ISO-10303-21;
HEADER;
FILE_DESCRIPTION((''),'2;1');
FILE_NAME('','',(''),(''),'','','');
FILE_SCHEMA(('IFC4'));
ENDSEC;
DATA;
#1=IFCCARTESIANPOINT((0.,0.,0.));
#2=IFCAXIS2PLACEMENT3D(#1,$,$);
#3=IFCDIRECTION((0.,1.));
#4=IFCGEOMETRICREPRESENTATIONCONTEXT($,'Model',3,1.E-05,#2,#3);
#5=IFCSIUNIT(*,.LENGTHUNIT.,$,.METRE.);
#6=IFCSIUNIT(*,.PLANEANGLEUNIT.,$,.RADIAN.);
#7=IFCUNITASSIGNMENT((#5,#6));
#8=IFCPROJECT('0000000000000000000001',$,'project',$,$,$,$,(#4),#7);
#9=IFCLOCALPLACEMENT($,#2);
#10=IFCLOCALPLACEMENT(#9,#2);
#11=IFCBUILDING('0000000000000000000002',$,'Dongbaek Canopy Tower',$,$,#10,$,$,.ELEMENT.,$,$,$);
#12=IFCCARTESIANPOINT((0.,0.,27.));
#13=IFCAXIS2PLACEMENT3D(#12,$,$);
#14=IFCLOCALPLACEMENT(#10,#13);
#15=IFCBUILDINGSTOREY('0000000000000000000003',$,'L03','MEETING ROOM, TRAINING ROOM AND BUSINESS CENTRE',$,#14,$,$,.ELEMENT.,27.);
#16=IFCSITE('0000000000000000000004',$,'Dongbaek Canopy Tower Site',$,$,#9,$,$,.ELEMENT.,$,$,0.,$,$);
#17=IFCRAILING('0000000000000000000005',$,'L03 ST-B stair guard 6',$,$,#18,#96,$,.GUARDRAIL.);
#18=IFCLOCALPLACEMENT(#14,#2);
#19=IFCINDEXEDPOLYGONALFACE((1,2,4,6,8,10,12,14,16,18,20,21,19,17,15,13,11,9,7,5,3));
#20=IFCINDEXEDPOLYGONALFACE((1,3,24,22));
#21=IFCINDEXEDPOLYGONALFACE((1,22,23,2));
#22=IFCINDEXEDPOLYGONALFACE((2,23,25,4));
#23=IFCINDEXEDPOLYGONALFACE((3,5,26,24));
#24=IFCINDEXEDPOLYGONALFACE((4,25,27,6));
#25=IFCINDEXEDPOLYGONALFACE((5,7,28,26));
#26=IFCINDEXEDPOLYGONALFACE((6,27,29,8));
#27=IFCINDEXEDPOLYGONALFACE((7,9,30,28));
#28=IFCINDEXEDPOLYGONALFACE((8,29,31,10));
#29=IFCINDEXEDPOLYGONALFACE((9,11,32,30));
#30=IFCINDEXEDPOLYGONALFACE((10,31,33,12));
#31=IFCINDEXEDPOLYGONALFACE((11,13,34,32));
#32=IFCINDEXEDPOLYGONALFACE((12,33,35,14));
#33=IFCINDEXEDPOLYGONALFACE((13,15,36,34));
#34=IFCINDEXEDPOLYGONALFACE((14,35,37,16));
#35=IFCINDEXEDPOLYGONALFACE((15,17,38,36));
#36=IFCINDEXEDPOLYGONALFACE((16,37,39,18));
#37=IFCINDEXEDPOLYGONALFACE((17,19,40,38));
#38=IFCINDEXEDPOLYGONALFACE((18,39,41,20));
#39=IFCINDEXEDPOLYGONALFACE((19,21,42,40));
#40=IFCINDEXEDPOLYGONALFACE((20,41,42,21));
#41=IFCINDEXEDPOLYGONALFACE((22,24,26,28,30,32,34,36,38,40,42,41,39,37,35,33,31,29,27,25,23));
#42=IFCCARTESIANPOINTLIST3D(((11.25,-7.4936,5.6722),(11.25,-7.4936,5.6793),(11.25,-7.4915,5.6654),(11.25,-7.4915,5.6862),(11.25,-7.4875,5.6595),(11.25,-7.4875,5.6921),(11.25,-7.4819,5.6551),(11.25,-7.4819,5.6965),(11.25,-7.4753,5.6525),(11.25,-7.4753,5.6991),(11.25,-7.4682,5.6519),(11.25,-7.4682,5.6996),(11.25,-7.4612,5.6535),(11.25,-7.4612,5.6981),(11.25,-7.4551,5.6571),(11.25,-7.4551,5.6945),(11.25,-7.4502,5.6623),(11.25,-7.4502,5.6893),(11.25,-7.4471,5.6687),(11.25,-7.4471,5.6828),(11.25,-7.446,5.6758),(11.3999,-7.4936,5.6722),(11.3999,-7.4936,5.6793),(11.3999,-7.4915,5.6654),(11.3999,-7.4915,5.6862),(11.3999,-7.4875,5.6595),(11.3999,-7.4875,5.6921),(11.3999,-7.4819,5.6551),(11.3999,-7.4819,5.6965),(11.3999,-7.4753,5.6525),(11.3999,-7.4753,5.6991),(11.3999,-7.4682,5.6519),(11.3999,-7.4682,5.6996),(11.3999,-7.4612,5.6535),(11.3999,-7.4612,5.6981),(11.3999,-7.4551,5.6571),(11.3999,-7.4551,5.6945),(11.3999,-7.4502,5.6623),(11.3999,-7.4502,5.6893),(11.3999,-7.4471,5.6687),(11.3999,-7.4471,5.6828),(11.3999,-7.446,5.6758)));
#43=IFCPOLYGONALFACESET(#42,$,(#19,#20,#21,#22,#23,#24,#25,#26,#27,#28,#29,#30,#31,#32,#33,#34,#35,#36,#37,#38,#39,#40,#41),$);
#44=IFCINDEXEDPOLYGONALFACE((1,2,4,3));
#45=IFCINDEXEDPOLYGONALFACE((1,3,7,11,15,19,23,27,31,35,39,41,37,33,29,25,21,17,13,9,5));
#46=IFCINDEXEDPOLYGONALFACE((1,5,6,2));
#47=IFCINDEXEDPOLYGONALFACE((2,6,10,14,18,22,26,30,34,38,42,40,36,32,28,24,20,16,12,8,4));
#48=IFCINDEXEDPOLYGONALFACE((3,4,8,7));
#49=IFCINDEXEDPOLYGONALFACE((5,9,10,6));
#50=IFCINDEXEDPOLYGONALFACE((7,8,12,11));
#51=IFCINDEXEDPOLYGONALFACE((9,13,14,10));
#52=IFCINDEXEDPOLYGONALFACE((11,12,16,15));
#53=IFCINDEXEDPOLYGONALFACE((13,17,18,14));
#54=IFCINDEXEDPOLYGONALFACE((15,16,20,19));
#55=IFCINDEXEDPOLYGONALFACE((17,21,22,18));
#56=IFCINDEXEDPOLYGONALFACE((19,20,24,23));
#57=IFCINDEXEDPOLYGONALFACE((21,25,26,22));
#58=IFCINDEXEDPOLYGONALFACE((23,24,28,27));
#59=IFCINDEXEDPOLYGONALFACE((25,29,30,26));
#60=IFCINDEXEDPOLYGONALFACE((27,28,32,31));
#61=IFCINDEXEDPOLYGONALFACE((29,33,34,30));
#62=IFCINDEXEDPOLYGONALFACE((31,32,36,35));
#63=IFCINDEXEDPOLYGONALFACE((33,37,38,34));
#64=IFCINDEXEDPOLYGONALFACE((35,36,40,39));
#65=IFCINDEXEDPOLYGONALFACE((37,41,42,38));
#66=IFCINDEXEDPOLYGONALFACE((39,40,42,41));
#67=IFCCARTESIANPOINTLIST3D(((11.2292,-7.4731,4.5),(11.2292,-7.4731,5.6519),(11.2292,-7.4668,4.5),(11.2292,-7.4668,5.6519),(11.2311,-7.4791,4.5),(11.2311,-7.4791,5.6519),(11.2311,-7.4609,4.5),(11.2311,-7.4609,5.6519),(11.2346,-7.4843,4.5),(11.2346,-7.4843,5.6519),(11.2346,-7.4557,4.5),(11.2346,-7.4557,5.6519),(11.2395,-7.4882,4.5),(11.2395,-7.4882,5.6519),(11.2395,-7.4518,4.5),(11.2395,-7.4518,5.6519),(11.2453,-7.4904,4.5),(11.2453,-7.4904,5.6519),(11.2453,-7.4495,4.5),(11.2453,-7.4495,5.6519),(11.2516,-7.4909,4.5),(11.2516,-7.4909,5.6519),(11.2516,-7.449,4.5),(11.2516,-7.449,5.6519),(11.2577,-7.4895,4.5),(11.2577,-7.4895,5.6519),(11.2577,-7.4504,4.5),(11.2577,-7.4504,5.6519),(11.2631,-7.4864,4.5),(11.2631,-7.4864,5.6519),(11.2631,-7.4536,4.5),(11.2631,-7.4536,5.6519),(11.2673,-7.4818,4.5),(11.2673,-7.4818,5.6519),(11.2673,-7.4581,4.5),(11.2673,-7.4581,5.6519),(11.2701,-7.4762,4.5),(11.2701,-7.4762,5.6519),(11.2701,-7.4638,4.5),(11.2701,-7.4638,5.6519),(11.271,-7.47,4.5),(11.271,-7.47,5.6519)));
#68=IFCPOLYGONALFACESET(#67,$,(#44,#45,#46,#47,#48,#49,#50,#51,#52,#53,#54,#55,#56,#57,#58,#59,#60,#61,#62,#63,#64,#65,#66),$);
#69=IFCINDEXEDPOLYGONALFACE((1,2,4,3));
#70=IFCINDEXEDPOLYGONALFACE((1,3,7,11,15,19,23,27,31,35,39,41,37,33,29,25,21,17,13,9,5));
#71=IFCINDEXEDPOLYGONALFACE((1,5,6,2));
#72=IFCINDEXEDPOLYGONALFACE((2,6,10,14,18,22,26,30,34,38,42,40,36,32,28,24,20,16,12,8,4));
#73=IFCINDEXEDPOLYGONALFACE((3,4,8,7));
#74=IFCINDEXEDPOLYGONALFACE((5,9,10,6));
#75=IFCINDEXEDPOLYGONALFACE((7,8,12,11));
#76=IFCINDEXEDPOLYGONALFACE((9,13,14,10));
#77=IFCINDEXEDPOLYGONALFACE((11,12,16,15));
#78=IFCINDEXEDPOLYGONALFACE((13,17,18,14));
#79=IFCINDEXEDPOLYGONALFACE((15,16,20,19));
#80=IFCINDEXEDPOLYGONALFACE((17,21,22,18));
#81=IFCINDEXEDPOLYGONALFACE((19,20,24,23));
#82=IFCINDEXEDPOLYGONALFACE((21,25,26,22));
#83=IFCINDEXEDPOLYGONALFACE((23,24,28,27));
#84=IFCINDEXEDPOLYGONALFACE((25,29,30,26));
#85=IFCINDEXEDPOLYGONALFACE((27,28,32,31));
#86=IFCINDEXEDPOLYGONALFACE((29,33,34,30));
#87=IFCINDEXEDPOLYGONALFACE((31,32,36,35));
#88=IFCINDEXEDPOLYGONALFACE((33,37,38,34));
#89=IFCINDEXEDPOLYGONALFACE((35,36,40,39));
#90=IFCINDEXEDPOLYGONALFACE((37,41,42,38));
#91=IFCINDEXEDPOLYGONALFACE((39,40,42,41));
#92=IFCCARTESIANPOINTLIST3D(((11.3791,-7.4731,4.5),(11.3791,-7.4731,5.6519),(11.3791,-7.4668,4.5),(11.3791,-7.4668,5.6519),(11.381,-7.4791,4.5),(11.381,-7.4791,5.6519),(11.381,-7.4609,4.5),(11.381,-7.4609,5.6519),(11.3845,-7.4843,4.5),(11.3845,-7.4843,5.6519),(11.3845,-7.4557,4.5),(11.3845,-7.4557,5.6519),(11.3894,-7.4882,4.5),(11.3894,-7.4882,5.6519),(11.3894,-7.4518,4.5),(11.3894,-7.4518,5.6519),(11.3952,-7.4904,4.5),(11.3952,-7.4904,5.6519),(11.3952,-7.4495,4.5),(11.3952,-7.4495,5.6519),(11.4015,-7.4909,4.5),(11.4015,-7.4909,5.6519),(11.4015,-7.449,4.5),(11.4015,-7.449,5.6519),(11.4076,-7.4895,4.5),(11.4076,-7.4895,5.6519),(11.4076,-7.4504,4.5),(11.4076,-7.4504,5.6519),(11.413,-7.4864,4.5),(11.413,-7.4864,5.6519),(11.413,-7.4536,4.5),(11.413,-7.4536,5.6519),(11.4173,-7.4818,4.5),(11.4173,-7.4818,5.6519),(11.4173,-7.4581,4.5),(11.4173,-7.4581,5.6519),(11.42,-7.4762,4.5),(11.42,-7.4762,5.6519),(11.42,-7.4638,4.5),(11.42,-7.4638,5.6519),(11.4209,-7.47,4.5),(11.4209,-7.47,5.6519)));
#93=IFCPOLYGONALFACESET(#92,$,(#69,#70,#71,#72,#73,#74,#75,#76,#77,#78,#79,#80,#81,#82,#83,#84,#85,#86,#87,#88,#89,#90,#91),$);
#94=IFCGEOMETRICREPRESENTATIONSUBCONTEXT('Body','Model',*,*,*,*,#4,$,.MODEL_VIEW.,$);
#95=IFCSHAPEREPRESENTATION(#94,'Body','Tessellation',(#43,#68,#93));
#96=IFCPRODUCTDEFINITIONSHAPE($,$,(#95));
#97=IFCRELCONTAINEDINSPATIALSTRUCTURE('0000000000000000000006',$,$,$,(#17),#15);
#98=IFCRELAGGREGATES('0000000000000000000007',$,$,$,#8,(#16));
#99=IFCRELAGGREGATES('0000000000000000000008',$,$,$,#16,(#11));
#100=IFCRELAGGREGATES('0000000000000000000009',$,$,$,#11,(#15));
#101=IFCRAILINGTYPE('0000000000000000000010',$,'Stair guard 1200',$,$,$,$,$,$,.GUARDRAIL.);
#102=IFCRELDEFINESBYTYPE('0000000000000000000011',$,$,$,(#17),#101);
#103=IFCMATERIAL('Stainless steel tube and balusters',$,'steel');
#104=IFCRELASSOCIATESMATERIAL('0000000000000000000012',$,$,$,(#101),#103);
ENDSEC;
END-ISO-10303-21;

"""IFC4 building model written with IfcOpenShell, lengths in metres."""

from ifc_helpers import new_model, si_unit, direction, frame, origin, origin_2d, place, context, subcontext, project, spatial, circle, extrude, material, type_object, element, save


model = new_model("IFC4")

# Units and contexts
model_context = context("Model", 3, precision=1e-05, world=origin(), true_north=direction((0.0, 1.0)))
body_context = subcontext(model_context, "Body", "Model", "MODEL_VIEW")
ifc_project = project(units=[si_unit("LENGTHUNIT", "METRE"), si_unit("PLANEANGLEUNIT", "RADIAN")], contexts=[model_context])

# Site, building, storey
site_placement = place(None, origin())
site = spatial("IfcSite", under=ifc_project, at=site_placement, Name="Dongbaek Canopy Tower Site", CompositionType="ELEMENT", RefElevation=0.0)
building_placement = place(site_placement, origin())
building = spatial("IfcBuilding", under=site, at=building_placement, Name="Dongbaek Canopy Tower", CompositionType="ELEMENT")
storey_placement = place(building_placement, frame((0.0, 0.0, 27.0)))
storey = spatial("IfcBuildingStorey", under=building, at=storey_placement, Name="L03", Description="MEETING ROOM, TRAINING ROOM AND BUSINESS CENTRE", CompositionType="ELEMENT", Elevation=27.0)

# Railing
ifc_material_1 = material(Name="Stainless steel tube and balusters", Category="steel")
railing_type = type_object("IfcRailingType", Name="Stair guard 1200", PredefinedType="GUARDRAIL", material=ifc_material_1)
railing_1_placement = place(storey_placement, frame((11.25, -7.47, 4.5)))
element("IfcRailing", 1, at=railing_1_placement, inside=storey, type_object=railing_type, Name="L03 ST-B stair guard 6", PredefinedType="GUARDRAIL", context=body_context, shape_type="SweptSolid", body=[
    extrude(circle(Radius=0.0239, at=origin_2d()), frame((0.0, 0.0, 1.1758), z_axis=(1.0, 0.0, 0.0), x_axis=(0.0, 1.0, 0.0)), (0.0, 0.0, 1.0), 0.1499),
    extrude(circle(Radius=0.021, at=origin_2d()), origin(), (0.0, 0.0, 1.0), 1.1519),
    extrude(circle(Radius=0.021, at=origin_2d()), frame((0.1499, 0.0, 0.0)), (0.0, 0.0, 1.0), 1.1519),
])

save(model, "model.ifc")
